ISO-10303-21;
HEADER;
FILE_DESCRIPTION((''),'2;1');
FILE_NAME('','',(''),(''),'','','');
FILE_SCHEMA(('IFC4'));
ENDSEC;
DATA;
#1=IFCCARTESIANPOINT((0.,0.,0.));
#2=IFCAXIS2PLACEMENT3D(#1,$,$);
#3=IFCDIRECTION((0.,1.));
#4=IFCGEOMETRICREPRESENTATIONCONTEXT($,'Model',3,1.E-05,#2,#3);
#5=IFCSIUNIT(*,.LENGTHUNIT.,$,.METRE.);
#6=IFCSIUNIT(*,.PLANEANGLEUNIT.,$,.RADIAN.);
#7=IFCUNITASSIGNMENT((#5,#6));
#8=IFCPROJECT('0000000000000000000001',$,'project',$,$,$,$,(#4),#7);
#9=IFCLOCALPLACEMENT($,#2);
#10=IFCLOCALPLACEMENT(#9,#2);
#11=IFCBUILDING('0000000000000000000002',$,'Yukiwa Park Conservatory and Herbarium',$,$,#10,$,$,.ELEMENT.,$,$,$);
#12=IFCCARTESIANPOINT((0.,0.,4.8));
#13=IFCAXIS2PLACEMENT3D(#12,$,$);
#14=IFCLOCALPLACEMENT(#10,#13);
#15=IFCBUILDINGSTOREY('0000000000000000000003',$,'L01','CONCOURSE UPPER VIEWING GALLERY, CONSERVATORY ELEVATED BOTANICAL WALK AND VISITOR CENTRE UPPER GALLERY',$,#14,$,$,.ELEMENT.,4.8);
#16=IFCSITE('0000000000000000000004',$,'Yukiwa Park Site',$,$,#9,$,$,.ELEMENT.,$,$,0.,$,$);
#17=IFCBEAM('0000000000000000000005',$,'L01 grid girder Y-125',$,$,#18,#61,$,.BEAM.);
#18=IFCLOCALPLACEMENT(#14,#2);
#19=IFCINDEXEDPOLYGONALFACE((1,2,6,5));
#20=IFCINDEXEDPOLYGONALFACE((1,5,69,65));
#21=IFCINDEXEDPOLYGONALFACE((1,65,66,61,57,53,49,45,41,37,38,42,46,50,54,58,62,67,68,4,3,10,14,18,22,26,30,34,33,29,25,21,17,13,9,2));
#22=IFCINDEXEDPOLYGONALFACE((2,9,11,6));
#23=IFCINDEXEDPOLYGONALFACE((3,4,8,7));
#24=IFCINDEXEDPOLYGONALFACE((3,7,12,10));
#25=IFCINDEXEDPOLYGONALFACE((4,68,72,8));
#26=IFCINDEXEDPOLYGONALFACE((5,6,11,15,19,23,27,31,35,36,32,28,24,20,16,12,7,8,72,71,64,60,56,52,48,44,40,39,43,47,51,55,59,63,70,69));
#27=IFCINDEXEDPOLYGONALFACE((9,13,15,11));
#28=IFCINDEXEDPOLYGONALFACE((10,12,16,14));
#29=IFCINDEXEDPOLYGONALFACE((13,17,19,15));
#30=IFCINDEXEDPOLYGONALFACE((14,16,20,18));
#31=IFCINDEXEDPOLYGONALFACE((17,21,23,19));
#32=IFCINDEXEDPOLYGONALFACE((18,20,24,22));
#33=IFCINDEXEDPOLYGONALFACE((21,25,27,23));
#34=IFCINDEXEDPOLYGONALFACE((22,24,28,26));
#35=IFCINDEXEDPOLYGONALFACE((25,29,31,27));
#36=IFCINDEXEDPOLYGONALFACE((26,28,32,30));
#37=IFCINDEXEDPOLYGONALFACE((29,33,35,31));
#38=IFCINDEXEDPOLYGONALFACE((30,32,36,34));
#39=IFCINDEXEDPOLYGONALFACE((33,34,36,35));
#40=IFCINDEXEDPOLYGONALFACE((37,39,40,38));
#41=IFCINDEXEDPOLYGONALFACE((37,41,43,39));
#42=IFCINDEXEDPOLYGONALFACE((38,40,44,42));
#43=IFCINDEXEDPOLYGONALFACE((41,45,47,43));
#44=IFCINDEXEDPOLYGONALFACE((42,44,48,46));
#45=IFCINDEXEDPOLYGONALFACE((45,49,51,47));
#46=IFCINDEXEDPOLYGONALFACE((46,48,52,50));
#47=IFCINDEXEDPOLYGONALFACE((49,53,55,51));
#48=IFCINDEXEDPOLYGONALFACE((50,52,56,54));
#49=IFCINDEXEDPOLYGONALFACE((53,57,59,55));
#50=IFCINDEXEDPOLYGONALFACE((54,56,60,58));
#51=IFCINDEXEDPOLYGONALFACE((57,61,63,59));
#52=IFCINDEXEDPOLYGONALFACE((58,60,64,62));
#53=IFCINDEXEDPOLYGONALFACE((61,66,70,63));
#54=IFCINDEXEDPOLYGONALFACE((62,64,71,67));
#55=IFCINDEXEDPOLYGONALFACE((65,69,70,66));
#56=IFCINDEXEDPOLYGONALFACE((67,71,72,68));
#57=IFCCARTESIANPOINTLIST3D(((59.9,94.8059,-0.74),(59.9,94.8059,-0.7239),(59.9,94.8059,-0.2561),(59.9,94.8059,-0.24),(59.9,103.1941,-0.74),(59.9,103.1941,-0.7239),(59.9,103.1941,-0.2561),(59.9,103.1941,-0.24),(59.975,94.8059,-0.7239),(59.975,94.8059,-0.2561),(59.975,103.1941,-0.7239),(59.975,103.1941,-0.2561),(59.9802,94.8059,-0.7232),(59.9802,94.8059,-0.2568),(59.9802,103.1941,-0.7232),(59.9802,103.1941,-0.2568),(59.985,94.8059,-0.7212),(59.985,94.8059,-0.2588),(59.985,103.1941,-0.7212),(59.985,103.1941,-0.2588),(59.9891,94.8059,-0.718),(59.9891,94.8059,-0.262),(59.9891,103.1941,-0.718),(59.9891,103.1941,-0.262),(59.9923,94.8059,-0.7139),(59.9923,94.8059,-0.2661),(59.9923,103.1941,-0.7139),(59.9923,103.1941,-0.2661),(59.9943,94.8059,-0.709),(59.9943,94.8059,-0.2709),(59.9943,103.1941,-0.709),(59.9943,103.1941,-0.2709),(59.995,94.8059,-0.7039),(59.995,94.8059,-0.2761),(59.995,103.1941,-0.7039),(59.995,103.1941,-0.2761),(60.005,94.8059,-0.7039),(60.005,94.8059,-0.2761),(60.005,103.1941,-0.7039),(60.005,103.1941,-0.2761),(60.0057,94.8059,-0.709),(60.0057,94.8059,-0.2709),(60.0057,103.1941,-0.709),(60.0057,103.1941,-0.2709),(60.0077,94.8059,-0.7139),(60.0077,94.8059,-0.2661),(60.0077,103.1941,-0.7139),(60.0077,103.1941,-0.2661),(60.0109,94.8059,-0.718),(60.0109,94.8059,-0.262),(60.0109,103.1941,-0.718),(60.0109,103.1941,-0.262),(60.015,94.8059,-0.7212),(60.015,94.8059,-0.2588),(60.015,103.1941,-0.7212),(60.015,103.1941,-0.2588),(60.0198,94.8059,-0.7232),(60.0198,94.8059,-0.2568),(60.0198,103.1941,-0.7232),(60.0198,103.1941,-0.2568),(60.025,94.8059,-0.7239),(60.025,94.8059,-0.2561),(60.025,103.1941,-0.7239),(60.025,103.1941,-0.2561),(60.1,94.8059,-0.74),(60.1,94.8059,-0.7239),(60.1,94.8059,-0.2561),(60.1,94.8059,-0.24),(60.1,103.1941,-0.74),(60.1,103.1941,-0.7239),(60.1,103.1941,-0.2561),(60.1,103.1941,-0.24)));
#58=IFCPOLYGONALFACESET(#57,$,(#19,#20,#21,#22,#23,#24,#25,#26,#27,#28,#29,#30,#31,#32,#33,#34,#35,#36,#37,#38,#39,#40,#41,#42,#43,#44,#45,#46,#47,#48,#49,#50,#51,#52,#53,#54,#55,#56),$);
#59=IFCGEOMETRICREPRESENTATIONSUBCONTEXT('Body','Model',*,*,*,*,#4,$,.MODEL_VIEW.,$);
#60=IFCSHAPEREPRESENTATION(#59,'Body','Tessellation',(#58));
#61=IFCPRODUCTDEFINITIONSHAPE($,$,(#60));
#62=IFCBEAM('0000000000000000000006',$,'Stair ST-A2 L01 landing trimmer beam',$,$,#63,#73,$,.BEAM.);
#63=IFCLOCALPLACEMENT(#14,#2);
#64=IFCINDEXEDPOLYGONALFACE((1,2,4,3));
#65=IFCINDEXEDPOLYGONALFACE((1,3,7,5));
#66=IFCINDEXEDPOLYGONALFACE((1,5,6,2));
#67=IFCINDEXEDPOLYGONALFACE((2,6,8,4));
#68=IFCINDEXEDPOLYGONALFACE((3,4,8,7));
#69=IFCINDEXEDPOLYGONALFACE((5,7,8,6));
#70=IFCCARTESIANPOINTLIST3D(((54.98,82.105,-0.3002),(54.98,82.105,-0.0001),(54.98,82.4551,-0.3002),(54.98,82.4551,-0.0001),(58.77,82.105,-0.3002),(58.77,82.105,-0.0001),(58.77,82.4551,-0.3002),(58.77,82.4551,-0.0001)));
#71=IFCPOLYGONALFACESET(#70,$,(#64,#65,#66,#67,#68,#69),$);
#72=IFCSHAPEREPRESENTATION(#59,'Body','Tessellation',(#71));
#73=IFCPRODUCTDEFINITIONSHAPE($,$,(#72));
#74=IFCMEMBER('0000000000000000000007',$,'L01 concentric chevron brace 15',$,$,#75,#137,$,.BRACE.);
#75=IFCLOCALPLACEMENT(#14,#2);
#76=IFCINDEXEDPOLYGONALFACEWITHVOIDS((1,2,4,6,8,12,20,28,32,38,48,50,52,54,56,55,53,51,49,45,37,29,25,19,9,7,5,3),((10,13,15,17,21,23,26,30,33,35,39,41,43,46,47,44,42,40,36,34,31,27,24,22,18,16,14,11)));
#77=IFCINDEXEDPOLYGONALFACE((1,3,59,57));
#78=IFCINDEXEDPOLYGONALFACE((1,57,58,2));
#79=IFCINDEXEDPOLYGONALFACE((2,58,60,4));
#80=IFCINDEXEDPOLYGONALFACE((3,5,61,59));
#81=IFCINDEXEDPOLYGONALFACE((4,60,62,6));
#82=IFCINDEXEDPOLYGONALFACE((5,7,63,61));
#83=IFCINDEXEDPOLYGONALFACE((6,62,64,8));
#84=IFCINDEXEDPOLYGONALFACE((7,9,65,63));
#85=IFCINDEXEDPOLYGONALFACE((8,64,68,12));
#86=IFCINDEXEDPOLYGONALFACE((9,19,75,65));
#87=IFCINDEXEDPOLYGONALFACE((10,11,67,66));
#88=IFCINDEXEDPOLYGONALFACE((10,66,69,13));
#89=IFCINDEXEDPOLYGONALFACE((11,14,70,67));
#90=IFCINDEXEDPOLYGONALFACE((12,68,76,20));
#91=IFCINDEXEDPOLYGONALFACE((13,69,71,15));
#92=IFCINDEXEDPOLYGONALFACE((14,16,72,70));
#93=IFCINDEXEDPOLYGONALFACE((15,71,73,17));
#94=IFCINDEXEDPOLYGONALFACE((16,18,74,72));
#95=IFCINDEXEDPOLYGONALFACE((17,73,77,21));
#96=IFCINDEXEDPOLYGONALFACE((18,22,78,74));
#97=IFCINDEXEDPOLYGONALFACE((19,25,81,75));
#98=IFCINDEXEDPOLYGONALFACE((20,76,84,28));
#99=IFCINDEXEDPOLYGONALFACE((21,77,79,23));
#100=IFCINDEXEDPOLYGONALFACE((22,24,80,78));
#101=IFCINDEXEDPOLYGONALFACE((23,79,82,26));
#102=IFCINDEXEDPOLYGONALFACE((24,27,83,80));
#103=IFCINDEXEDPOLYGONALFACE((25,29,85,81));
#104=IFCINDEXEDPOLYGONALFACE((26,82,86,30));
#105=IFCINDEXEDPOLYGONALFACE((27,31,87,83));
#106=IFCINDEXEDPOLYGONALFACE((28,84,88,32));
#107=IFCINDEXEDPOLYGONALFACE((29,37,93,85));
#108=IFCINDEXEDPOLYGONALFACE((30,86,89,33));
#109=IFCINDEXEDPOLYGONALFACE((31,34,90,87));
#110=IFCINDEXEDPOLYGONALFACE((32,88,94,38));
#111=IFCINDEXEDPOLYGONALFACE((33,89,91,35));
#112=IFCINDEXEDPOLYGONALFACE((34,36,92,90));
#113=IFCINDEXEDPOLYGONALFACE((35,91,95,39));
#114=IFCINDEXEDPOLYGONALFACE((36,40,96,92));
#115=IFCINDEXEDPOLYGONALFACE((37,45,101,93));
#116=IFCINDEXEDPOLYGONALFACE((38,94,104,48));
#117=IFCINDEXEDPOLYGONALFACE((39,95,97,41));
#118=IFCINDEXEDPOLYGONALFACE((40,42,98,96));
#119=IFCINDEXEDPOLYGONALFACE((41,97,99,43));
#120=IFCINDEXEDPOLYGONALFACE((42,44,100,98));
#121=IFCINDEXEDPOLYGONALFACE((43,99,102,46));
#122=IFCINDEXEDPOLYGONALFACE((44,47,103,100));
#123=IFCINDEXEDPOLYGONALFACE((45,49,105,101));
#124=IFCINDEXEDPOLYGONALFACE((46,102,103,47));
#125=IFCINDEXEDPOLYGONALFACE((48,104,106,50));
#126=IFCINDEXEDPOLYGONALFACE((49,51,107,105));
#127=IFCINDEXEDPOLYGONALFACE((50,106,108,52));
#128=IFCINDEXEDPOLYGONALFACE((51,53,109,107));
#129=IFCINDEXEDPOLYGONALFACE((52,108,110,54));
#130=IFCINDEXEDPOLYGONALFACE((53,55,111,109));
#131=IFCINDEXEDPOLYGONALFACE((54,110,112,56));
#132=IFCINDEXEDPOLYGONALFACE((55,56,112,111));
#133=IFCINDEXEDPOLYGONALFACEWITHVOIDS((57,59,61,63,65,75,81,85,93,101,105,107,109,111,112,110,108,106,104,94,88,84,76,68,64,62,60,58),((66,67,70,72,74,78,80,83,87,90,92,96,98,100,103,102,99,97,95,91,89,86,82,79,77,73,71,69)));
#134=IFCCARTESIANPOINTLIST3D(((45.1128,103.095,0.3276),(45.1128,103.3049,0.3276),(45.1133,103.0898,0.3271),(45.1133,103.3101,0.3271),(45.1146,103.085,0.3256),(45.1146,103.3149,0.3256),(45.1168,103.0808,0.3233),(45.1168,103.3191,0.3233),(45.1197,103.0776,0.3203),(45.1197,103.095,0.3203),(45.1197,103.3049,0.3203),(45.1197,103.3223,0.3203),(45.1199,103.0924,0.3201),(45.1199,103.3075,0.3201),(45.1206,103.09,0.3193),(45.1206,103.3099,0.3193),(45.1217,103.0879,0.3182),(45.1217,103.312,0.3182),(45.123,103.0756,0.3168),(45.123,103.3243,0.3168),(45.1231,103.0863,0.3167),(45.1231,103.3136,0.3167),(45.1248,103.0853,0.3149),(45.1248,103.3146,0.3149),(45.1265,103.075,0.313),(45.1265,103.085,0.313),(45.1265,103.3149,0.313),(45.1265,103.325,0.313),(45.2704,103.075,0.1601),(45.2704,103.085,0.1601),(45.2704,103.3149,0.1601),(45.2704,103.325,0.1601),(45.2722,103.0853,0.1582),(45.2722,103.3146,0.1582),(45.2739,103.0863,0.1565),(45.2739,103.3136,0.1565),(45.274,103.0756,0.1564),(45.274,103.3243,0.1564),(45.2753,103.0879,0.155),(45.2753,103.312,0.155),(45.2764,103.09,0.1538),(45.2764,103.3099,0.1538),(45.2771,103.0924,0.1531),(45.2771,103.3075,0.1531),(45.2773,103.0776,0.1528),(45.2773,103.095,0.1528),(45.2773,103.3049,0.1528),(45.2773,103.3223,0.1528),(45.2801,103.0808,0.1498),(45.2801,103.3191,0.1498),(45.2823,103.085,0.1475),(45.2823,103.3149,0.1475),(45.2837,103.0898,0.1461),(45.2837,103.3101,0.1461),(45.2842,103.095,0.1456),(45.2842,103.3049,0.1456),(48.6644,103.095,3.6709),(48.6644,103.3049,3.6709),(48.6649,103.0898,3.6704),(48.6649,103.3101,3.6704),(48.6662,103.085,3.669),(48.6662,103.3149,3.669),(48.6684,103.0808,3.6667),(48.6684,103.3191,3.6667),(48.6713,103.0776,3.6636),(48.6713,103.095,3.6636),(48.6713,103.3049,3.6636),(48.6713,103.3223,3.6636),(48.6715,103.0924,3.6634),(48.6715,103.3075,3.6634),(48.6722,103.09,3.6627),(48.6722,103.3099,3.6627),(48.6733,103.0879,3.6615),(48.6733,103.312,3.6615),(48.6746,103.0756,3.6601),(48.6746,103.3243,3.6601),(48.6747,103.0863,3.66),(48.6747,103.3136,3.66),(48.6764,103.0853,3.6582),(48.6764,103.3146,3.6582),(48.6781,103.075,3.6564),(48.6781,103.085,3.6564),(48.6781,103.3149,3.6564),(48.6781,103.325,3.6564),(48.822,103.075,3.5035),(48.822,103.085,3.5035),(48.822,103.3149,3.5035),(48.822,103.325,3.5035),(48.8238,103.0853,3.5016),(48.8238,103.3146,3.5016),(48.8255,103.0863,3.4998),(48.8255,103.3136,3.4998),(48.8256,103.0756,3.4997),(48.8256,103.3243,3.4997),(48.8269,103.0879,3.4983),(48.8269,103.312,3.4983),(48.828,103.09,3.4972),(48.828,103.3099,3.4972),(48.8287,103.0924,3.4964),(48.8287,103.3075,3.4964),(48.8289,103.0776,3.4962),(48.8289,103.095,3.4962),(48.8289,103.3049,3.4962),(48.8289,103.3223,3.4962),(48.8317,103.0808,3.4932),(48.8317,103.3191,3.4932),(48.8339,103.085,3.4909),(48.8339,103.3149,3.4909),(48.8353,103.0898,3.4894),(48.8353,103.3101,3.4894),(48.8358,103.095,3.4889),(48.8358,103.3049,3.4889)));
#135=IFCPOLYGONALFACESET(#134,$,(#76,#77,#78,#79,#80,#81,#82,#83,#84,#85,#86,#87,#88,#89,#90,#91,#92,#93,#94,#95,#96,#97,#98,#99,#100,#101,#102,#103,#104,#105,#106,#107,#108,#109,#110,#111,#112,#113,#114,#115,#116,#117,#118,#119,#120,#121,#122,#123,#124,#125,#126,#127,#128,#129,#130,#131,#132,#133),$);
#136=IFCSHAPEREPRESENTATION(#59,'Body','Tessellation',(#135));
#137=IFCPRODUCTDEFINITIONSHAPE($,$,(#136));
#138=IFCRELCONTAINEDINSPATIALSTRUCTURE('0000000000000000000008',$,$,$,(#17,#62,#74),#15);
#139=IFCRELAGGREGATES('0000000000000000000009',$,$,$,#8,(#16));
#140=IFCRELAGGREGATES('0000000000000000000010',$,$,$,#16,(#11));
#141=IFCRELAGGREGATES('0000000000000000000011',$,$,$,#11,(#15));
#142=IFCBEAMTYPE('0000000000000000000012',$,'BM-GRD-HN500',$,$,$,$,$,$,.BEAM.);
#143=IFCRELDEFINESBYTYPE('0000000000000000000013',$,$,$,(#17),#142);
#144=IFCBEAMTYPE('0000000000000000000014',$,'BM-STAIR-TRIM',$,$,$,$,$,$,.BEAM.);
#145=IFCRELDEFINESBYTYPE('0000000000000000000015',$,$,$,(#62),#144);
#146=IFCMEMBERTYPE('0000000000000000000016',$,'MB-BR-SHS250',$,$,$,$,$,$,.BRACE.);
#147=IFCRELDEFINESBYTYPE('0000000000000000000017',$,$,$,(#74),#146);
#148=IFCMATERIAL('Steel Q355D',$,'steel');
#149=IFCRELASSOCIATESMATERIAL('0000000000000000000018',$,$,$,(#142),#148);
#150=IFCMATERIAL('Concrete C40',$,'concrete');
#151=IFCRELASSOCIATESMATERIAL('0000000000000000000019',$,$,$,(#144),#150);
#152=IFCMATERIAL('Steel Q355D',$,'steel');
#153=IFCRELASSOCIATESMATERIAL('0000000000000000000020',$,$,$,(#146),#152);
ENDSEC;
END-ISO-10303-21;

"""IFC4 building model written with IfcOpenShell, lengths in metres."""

from ifc_helpers import new_model, si_unit, direction, frame, origin, origin_2d, place, context, subcontext, project, spatial, rectangle, hollow_rectangle, i_section, extrude, material, material_profile, profile_set, type_object, element, save


model = new_model("IFC4")

# Units and contexts
model_context = context("Model", 3, precision=1e-05, world=origin(), true_north=direction((0.0, 1.0)))
body_context = subcontext(model_context, "Body", "Model", "MODEL_VIEW")
ifc_project = project(units=[si_unit("LENGTHUNIT", "METRE"), si_unit("PLANEANGLEUNIT", "RADIAN")], contexts=[model_context])

# Site, building, storey
site_placement = place(None, origin())
site = spatial("IfcSite", under=ifc_project, at=site_placement, Name="Yukiwa Park Site", CompositionType="ELEMENT", RefElevation=0.0)
building_placement = place(site_placement, origin())
building = spatial("IfcBuilding", under=site, at=building_placement, Name="Yukiwa Park Conservatory and Herbarium", CompositionType="ELEMENT")
storey_placement = place(building_placement, frame((0.0, 0.0, 4.8)))
storey = spatial("IfcBuildingStorey", under=building, at=storey_placement, Name="L01", Description="CONCOURSE UPPER VIEWING GALLERY, CONSERVATORY ELEVATED BOTANICAL WALK AND VISITOR CENTRE UPPER GALLERY", CompositionType="ELEMENT", Elevation=4.8)

# Beams
ifc_material_1 = material(Name="Steel Q355D", Category="steel")
ifc_material_profile_1 = material_profile(ifc_material_1, i_section(OverallWidth=0.2, OverallDepth=0.5, WebThickness=0.01, FlangeThickness=0.0161, FilletRadius=0.02, at=origin_2d()), Name="HN 500x200x10x16")
ifc_profile_set_1 = profile_set([ifc_material_profile_1], Name="Steel Q355D")
beam_type_1 = type_object("IfcBeamType", Name="BM-GRD-HN500", PredefinedType="BEAM", material=ifc_profile_set_1)
beam_1_placement = place(storey_placement, frame((60.0, 94.8059, -0.49), z_axis=(0.0, 1.0, 0.0), x_axis=(-1.0, 0.0, 0.0)))
element("IfcBeam", 1, at=beam_1_placement, inside=storey, type_object=beam_type_1, Name="L01 grid girder Y-125", PredefinedType="BEAM", context=body_context, shape_type="SweptSolid", body=[
    extrude(i_section(OverallWidth=0.2, OverallDepth=0.5, WebThickness=0.01, FlangeThickness=0.0161, FilletRadius=0.02, at=origin_2d()), origin(), (0.0, 0.0, 1.0), 8.3882),
])
ifc_material_2 = material(Name="Concrete C40", Category="concrete")
ifc_material_profile_2 = material_profile(ifc_material_2, rectangle(XDim=0.3501, YDim=0.3, at=origin_2d()), Name="RC 350x300")
ifc_profile_set_2 = profile_set([ifc_material_profile_2], Name="Concrete C40")
beam_type_2 = type_object("IfcBeamType", Name="BM-STAIR-TRIM", PredefinedType="BEAM", material=ifc_profile_set_2)
beam_2_placement = place(storey_placement, frame((54.98, 82.28, -0.1501), z_axis=(1.0, 0.0, 0.0), x_axis=(0.0, 1.0, 0.0)))
element("IfcBeam", 2, at=beam_2_placement, inside=storey, type_object=beam_type_2, Name="Stair ST-A2 L01 landing trimmer beam", PredefinedType="BEAM", context=body_context, shape_type="SweptSolid", body=[
    extrude(rectangle(XDim=0.3501, YDim=0.3, at=origin_2d()), origin(), (0.0, 0.0, 1.0), 3.79),
])

# Member
ifc_material_3 = material(Name="Steel Q355D", Category="steel")
ifc_material_profile_3 = material_profile(ifc_material_3, hollow_rectangle(XDim=0.25, YDim=0.25, WallThickness=0.01, InnerFilletRadius=0.01, OuterFilletRadius=0.02, at=origin_2d()), Name="SHS 250x250x10")
ifc_profile_set_3 = profile_set([ifc_material_profile_3], Name="Steel Q355D")
member_type = type_object("IfcMemberType", Name="MB-BR-SHS250", PredefinedType="BRACE", material=ifc_profile_set_3)
for number, where, z_axis, x_axis, name in (
    (3, (45.1985, 103.2, 0.2366), (0.728132, 0.0, 0.685437), (0.0, 1.0, 0.0), "L01 concentric chevron brace 15"),
):
    element("IfcMember", number, at=place(storey_placement, frame(where, z_axis=z_axis, x_axis=x_axis)), inside=storey, type_object=member_type, Name=name, PredefinedType="BRACE", context=body_context, shape_type="SweptSolid", body=[
        extrude(hollow_rectangle(XDim=0.25, YDim=0.25, WallThickness=0.01, InnerFilletRadius=0.01, OuterFilletRadius=0.02, at=origin_2d()), origin(), (0.0, 0.0, 1.0), 4.8777),
    ])

save(model, "model.ifc")
